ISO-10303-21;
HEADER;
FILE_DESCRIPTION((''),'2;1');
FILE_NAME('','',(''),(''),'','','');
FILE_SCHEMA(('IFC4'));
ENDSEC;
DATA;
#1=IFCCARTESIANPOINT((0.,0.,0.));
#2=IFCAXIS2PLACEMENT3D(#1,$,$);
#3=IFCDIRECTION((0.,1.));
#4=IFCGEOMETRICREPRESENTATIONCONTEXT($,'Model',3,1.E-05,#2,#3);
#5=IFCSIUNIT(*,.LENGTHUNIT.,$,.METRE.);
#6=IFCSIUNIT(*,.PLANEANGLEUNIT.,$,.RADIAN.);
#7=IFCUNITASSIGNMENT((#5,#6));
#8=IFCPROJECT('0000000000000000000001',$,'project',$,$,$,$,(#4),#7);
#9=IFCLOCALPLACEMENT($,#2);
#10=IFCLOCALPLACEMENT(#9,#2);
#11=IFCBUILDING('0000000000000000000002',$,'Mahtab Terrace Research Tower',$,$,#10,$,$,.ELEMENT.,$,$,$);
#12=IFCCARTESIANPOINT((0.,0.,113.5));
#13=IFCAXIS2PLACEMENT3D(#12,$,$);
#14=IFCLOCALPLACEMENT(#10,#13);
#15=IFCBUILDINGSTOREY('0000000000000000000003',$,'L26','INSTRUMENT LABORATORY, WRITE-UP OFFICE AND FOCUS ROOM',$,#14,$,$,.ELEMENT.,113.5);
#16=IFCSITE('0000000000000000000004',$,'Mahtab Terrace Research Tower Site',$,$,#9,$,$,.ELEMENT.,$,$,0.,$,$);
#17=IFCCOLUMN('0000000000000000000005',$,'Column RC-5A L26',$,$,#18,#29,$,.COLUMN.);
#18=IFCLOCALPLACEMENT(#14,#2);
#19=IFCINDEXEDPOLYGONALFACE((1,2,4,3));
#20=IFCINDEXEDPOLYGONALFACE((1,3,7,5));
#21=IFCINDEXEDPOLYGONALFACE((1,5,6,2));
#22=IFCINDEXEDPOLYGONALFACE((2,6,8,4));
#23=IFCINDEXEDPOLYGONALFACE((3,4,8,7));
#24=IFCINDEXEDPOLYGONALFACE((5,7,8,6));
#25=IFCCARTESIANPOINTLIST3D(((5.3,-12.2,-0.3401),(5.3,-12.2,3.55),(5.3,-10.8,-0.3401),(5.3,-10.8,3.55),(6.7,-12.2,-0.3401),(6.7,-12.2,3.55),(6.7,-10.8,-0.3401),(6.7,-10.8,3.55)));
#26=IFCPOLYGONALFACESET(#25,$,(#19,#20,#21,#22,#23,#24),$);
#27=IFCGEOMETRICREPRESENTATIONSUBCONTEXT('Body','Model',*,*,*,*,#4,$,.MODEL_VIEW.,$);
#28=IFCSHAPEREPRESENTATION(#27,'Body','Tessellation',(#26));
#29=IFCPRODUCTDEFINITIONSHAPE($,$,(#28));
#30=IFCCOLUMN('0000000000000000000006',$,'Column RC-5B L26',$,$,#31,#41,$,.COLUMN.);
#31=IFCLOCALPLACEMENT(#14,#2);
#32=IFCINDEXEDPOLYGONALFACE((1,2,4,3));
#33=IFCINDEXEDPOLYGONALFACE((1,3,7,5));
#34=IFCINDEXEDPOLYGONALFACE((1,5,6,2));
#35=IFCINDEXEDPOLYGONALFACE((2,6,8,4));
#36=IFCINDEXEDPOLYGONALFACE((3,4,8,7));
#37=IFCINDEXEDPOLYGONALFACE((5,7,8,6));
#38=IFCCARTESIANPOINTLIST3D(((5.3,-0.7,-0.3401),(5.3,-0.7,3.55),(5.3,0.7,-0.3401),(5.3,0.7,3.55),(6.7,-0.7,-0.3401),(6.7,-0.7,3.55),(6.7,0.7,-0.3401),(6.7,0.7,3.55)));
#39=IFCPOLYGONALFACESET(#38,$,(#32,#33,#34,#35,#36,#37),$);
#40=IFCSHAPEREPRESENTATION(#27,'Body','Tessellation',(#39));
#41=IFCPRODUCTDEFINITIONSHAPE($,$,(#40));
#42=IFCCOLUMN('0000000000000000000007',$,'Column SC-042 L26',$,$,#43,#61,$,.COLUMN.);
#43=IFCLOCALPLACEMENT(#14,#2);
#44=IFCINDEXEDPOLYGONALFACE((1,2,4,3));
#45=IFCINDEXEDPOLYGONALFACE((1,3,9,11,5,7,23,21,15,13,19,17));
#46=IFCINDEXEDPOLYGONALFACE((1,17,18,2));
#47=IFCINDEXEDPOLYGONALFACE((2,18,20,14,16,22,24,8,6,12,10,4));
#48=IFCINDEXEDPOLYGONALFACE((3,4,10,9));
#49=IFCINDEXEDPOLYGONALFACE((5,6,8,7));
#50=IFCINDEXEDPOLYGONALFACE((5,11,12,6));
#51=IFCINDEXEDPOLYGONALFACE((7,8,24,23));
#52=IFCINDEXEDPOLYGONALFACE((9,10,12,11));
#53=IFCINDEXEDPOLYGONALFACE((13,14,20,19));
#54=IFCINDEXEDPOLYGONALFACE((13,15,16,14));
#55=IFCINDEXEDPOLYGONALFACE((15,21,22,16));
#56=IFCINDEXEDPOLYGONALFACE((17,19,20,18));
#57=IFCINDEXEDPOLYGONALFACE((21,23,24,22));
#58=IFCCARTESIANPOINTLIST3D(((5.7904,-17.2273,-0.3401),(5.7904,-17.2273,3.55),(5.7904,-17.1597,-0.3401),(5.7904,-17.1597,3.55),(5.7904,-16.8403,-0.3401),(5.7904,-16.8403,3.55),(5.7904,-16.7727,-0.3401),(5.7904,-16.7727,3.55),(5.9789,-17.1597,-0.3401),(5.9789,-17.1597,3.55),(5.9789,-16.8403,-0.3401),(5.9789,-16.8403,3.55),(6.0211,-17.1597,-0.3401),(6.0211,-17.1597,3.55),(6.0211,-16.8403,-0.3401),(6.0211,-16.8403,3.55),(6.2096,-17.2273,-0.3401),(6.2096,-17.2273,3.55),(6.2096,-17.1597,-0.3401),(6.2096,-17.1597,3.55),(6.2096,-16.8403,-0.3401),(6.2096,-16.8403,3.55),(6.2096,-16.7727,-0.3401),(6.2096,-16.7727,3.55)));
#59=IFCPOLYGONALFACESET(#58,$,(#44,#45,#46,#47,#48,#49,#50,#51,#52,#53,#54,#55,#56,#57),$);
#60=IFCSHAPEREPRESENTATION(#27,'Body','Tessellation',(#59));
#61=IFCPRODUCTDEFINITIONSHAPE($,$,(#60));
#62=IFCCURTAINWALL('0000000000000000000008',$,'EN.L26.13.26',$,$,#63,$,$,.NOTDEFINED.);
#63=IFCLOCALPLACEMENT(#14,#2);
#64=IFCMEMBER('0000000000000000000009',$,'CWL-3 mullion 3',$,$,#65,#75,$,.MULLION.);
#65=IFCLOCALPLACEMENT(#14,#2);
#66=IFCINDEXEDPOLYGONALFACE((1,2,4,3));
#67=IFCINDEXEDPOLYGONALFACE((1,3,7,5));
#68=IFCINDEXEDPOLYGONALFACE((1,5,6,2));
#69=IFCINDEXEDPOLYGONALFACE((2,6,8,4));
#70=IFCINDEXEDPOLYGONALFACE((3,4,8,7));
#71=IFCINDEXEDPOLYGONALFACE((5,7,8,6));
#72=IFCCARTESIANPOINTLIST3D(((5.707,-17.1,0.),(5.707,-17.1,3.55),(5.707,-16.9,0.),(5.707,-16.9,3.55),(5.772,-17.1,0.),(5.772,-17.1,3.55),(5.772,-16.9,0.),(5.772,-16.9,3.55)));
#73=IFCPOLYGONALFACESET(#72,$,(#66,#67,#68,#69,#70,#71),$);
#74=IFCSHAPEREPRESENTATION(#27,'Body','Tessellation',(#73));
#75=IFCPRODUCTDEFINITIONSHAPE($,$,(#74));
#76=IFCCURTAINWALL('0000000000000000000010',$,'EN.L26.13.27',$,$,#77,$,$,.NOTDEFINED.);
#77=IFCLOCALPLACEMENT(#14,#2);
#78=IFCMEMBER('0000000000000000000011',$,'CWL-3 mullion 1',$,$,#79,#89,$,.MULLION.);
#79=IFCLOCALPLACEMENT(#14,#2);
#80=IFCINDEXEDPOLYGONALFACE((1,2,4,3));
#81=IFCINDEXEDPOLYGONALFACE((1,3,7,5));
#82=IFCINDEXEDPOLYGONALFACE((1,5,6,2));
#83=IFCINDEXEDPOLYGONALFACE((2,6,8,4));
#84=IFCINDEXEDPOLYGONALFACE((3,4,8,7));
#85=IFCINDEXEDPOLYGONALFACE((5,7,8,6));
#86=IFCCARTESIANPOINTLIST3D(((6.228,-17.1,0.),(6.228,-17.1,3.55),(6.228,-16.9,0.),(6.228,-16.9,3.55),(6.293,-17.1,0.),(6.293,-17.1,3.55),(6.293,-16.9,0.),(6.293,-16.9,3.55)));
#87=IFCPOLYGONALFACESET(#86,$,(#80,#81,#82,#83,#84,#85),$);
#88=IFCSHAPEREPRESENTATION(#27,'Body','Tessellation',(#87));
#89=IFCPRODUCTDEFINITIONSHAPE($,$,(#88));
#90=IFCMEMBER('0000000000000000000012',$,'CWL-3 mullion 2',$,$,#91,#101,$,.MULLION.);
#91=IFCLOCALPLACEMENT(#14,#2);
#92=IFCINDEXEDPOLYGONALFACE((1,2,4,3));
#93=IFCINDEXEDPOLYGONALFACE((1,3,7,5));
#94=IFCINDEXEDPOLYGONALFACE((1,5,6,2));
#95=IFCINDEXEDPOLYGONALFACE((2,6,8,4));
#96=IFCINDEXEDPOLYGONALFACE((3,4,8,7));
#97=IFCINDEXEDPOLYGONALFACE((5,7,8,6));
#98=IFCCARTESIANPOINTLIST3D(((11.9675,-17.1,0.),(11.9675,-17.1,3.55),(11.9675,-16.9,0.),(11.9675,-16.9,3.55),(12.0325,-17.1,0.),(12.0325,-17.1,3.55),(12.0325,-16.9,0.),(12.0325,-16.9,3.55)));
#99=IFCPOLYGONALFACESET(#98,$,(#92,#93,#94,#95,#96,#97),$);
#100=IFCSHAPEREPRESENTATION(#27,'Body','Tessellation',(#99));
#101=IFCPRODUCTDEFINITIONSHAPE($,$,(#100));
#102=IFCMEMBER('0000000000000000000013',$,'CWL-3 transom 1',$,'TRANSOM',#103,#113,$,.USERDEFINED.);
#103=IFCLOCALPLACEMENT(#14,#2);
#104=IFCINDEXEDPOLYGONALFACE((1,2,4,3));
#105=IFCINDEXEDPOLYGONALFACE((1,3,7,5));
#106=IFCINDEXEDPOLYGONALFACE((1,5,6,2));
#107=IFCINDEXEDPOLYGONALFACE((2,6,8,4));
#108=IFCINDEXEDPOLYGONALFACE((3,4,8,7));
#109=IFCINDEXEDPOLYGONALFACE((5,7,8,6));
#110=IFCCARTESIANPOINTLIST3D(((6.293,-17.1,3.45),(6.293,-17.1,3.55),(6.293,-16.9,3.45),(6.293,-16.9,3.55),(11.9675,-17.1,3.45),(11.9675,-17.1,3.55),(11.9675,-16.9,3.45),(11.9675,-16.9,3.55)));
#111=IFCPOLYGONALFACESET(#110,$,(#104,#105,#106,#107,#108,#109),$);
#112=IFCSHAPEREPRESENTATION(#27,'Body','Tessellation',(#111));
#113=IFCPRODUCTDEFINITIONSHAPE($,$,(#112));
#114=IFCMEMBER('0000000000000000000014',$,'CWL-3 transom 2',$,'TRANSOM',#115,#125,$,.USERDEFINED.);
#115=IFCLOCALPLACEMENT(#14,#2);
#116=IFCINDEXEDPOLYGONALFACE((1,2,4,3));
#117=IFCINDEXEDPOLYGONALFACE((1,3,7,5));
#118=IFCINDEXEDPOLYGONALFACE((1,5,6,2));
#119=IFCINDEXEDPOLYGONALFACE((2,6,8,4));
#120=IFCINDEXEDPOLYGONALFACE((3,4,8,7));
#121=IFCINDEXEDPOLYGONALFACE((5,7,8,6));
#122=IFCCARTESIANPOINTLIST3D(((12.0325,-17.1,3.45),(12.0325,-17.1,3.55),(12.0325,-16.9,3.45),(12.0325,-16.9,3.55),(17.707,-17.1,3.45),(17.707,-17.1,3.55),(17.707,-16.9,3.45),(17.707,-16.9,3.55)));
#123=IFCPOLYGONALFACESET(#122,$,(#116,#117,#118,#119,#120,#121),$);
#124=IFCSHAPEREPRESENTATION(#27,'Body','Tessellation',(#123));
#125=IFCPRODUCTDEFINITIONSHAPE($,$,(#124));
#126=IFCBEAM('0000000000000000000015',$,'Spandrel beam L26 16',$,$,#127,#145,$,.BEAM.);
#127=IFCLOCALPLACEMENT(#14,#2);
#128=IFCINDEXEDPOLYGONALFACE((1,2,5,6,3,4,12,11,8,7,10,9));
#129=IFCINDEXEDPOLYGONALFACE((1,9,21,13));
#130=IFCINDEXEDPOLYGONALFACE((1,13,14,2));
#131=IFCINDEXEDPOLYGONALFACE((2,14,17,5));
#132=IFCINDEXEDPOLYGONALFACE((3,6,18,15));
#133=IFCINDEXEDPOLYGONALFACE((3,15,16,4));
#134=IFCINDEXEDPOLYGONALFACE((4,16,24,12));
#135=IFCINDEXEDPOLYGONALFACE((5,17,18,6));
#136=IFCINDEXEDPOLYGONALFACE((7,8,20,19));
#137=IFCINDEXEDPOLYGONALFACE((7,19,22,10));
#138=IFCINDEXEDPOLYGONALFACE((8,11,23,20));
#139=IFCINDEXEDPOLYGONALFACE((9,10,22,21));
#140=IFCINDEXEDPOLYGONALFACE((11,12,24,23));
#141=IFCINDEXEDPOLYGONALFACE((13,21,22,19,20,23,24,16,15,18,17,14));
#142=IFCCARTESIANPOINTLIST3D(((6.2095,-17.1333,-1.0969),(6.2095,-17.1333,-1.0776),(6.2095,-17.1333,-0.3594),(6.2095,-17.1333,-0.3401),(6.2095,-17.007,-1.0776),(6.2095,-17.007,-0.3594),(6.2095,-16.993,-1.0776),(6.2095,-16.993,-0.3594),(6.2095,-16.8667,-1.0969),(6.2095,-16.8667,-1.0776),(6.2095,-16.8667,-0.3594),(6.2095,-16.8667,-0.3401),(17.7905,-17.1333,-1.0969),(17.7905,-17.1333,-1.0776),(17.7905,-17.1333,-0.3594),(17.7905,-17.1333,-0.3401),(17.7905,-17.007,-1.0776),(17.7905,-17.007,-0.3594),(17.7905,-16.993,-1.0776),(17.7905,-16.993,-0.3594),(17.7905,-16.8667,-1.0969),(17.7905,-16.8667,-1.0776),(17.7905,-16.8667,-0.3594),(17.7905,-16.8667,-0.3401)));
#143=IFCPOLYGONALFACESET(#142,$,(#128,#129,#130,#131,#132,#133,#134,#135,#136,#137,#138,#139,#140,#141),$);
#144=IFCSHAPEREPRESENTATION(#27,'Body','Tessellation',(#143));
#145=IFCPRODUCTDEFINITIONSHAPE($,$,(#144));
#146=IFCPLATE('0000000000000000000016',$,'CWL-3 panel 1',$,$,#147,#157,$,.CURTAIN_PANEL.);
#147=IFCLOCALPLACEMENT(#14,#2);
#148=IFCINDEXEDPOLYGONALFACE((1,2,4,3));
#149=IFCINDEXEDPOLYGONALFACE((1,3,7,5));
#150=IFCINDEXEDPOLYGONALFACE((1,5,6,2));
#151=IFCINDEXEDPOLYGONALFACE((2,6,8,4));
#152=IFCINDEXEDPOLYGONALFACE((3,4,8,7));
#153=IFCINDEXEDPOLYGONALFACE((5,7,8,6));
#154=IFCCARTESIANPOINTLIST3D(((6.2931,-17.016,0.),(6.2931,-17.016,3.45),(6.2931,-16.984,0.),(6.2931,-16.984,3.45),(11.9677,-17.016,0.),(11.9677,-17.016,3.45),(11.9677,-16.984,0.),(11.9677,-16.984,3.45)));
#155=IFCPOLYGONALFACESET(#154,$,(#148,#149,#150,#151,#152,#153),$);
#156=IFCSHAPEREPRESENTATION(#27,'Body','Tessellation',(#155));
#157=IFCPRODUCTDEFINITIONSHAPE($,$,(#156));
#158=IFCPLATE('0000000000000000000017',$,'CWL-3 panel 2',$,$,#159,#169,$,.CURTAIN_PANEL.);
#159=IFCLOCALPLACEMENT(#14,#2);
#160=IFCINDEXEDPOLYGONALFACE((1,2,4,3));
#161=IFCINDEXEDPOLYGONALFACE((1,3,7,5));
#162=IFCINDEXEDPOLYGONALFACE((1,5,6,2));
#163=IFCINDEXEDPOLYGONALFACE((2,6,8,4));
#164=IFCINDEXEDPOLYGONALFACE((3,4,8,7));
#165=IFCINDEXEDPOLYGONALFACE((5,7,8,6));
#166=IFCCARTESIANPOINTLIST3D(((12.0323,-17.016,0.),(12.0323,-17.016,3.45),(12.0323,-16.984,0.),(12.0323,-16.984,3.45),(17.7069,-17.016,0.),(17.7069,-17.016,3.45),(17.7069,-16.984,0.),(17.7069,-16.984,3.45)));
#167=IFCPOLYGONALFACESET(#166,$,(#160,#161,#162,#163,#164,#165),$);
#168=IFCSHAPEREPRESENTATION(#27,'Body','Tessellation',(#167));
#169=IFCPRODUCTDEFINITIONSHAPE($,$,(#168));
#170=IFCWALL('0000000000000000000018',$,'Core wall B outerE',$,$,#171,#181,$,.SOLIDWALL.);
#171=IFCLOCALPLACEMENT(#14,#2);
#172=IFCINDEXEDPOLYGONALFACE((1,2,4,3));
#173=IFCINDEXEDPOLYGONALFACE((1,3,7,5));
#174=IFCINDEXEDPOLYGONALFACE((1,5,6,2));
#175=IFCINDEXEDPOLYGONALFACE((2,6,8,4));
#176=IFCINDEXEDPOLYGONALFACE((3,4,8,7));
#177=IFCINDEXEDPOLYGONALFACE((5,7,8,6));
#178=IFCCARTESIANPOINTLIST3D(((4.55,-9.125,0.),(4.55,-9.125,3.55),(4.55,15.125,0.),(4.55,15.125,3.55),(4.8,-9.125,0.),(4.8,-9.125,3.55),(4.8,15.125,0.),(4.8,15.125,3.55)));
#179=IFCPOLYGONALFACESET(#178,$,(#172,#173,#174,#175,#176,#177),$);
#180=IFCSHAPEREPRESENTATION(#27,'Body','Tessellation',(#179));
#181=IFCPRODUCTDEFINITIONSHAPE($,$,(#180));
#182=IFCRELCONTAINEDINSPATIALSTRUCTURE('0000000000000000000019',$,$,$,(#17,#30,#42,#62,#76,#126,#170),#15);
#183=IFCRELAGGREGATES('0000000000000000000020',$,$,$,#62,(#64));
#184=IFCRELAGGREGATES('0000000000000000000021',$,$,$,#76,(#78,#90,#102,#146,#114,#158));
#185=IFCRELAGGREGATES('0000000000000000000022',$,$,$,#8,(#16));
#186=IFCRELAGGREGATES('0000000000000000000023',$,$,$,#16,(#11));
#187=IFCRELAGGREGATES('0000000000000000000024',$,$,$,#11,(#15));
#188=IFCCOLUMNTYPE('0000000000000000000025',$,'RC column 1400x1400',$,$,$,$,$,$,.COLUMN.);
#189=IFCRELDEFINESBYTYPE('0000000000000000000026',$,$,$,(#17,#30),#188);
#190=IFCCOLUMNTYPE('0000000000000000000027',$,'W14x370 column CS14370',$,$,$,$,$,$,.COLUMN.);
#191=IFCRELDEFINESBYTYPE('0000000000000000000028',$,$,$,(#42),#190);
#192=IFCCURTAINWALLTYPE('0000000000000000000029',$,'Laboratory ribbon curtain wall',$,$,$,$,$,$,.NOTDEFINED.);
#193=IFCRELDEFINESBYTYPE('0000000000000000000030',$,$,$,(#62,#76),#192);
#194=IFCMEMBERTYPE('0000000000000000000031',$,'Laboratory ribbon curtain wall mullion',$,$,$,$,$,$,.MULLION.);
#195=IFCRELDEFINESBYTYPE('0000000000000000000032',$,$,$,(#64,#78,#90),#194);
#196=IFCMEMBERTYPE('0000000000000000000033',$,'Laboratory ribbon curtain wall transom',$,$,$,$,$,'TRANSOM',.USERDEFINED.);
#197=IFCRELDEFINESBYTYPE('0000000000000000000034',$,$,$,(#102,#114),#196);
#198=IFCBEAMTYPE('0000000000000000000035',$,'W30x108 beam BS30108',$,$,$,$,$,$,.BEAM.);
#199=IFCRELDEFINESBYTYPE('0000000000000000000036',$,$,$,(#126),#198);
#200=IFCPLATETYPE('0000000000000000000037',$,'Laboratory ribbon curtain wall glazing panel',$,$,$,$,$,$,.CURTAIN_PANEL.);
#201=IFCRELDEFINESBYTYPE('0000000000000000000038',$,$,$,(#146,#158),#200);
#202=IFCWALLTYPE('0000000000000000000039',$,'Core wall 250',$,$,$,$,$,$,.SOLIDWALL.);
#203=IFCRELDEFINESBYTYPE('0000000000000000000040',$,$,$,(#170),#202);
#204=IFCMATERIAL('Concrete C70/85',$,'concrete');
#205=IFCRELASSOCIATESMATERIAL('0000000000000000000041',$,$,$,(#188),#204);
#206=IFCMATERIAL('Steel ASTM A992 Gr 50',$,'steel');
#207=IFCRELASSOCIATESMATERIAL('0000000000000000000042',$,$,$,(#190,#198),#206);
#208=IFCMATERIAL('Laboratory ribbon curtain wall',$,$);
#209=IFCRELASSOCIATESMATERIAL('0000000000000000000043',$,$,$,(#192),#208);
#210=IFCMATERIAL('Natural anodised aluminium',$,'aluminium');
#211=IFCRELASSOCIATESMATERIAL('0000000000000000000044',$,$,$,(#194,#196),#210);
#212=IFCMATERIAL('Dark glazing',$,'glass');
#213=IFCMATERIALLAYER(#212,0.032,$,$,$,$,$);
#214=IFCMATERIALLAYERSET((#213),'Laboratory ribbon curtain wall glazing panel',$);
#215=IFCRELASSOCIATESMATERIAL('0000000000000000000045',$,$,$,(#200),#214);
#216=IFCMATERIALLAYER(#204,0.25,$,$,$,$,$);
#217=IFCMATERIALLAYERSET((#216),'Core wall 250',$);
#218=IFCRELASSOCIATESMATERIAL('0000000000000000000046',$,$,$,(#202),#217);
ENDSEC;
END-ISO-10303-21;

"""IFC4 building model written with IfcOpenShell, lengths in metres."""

from ifc_helpers import new_model, si_unit, direction, frame, frame_2d, origin, origin_2d, place, context, subcontext, project, spatial, rectangle, i_section, extrude, material, layer, layer_set, material_profile, profile_set, type_object, element, aggregate, save


model = new_model("IFC4")

# Units and contexts
model_context = context("Model", 3, precision=1e-05, world=origin(), true_north=direction((0.0, 1.0)))
body_context = subcontext(model_context, "Body", "Model", "MODEL_VIEW")
ifc_project = project(units=[si_unit("LENGTHUNIT", "METRE"), si_unit("PLANEANGLEUNIT", "RADIAN")], contexts=[model_context])

# Site, building, storey
site_placement = place(None, origin())
site = spatial("IfcSite", under=ifc_project, at=site_placement, Name="Mahtab Terrace Research Tower Site", CompositionType="ELEMENT", RefElevation=0.0)
building_placement = place(site_placement, origin())
building = spatial("IfcBuilding", under=site, at=building_placement, Name="Mahtab Terrace Research Tower", CompositionType="ELEMENT")
storey_placement = place(building_placement, frame((0.0, 0.0, 113.5)))
storey = spatial("IfcBuildingStorey", under=building, at=storey_placement, Name="L26", Description="INSTRUMENT LABORATORY, WRITE-UP OFFICE AND FOCUS ROOM", CompositionType="ELEMENT", Elevation=113.5)

# Columns
ifc_material_1 = material(Name="Concrete C70/85", Category="concrete")
ifc_material_profile_1 = material_profile(ifc_material_1, rectangle(XDim=1.3999, YDim=1.3999, at=origin_2d()), Name="RC column 1400x1400")
ifc_profile_set_1 = profile_set([ifc_material_profile_1], Name="Concrete C70/85")
column_type_1 = type_object("IfcColumnType", Name="RC column 1400x1400", PredefinedType="COLUMN", material=ifc_profile_set_1)
for number, where, z_axis, x_axis, name in (
    (1, (6.0, -11.5, -0.3401), (0.0, 0.0, 1.0), (1.0, 0.0, 0.0), "Column RC-5A L26"),
    (2, (6.0, 0.0, -0.3401), (0.0, 0.0, 1.0), (1.0, 0.0, 0.0), "Column RC-5B L26"),
):
    element("IfcColumn", number, at=place(storey_placement, frame(where, z_axis=z_axis, x_axis=x_axis)), inside=storey, type_object=column_type_1, Name=name, PredefinedType="COLUMN", context=body_context, shape_type="SweptSolid", body=[
        extrude(rectangle(XDim=1.3999, YDim=1.3999, at=origin_2d()), origin(), (0.0, 0.0, 1.0), 3.8901),
    ])
ifc_material_2 = material(Name="Steel ASTM A992 Gr 50", Category="steel")
ifc_material_profile_2 = material_profile(ifc_material_2, i_section(OverallWidth=0.4192, OverallDepth=0.4546, WebThickness=0.0422, FlangeThickness=0.0676, at=origin_2d()), Name="W14X370")
ifc_profile_set_2 = profile_set([ifc_material_profile_2], Name="Steel ASTM A992 Gr 50")
column_type_2 = type_object("IfcColumnType", Name="W14x370 column CS14370", PredefinedType="COLUMN", material=ifc_profile_set_2)
column_placement = place(storey_placement, frame((6.0, -17.0, -0.3401), z_axis=(0.0, 0.0, 1.0), x_axis=(1.0, 0.0, 0.0)))
element("IfcColumn", 3, at=column_placement, inside=storey, type_object=column_type_2, Name="Column SC-042 L26", PredefinedType="COLUMN", context=body_context, shape_type="SweptSolid", body=[
    extrude(i_section(OverallWidth=0.4192, OverallDepth=0.4546, WebThickness=0.0422, FlangeThickness=0.0676, at=origin_2d()), origin(), (0.0, 0.0, 1.0), 3.8901),
])

# Curtain wall, member
ifc_material_3 = material(Name="Laboratory ribbon curtain wall")
curtain_wall_type = type_object("IfcCurtainWallType", Name="Laboratory ribbon curtain wall", PredefinedType="NOTDEFINED", material=ifc_material_3)
curtain_wall_1_placement = place(storey_placement, origin())
curtain_wall_1 = element("IfcCurtainWall", 4, at=curtain_wall_1_placement, inside=storey, type_object=curtain_wall_type, Name="EN.L26.13.26", PredefinedType="NOTDEFINED")
ifc_material_4 = material(Name="Natural anodised aluminium", Category="aluminium")
ifc_material_profile_3 = material_profile(ifc_material_4, rectangle(XDim=0.2, YDim=0.0649, at=origin_2d()), Name="MULLION 65x200")
ifc_profile_set_3 = profile_set([ifc_material_profile_3], Name="Natural anodised aluminium")
member_type_1 = type_object("IfcMemberType", Name="Laboratory ribbon curtain wall mullion", PredefinedType="MULLION", material=ifc_profile_set_3)
member_1_placement = place(storey_placement, frame((5.7395, -17.0, 0.0), z_axis=(0.0, 0.0, 1.0), x_axis=(0.0, 1.0, 0.0)))
member_1 = element("IfcMember", 5, at=member_1_placement, type_object=member_type_1, Name="CWL-3 mullion 3", PredefinedType="MULLION", context=body_context, shape_type="SweptSolid", body=[
    extrude(rectangle(XDim=0.2, YDim=0.0649, at=origin_2d()), origin(), (0.0, 0.0, 1.0), 3.55),
])
aggregate(curtain_wall_1, [member_1])

# Curtain wall, members
curtain_wall_2_placement = place(storey_placement, origin())
curtain_wall_2 = element("IfcCurtainWall", 6, at=curtain_wall_2_placement, inside=storey, type_object=curtain_wall_type, Name="EN.L26.13.27", PredefinedType="NOTDEFINED")
member_2_placement = place(storey_placement, frame((6.2605, -17.0, 0.0), z_axis=(0.0, 0.0, 1.0), x_axis=(0.0, 1.0, 0.0)))
member_2 = element("IfcMember", 7, at=member_2_placement, type_object=member_type_1, Name="CWL-3 mullion 1", PredefinedType="MULLION", context=body_context, shape_type="SweptSolid", body=[
    extrude(rectangle(XDim=0.2, YDim=0.0649, at=origin_2d()), origin(), (0.0, 0.0, 1.0), 3.55),
])
member_3_placement = place(storey_placement, frame((12.0, -17.0, 0.0), z_axis=(0.0, 0.0, 1.0), x_axis=(0.0, 1.0, 0.0)))
member_3 = element("IfcMember", 8, at=member_3_placement, type_object=member_type_1, Name="CWL-3 mullion 2", PredefinedType="MULLION", context=body_context, shape_type="SweptSolid", body=[
    extrude(rectangle(XDim=0.2, YDim=0.0649, at=origin_2d()), origin(), (0.0, 0.0, 1.0), 3.55),
])
ifc_material_profile_4 = material_profile(ifc_material_4, rectangle(XDim=0.2, YDim=0.1001, at=origin_2d()), Name="TRANSOM 100x200")
ifc_profile_set_4 = profile_set([ifc_material_profile_4], Name="Natural anodised aluminium")
member_type_2 = type_object("IfcMemberType", Name="Laboratory ribbon curtain wall transom", ElementType="TRANSOM", PredefinedType="USERDEFINED", material=ifc_profile_set_4)
member_4_placement = place(storey_placement, frame((6.293, -17.0, 3.5), z_axis=(1.0, 0.0, 0.0), x_axis=(0.0, 1.0, 0.0)))
member_4 = element("IfcMember", 9, at=member_4_placement, type_object=member_type_2, Name="CWL-3 transom 1", ObjectType="TRANSOM", PredefinedType="USERDEFINED", context=body_context, shape_type="SweptSolid", body=[
    extrude(rectangle(XDim=0.2, YDim=0.1001, at=origin_2d()), origin(), (0.0, 0.0, 1.0), 5.6746),
])
member_5_placement = place(storey_placement, frame((12.0325, -17.0, 3.5), z_axis=(1.0, 0.0, 0.0), x_axis=(0.0, 1.0, 0.0)))
member_5 = element("IfcMember", 10, at=member_5_placement, type_object=member_type_2, Name="CWL-3 transom 2", ObjectType="TRANSOM", PredefinedType="USERDEFINED", context=body_context, shape_type="SweptSolid", body=[
    extrude(rectangle(XDim=0.2, YDim=0.1001, at=origin_2d()), origin(), (0.0, 0.0, 1.0), 5.6746),
])

# Beam
ifc_material_profile_5 = material_profile(ifc_material_2, i_section(OverallWidth=0.2666, OverallDepth=0.7568, WebThickness=0.0139, FlangeThickness=0.0193, at=origin_2d()), Name="W30X108")
ifc_profile_set_5 = profile_set([ifc_material_profile_5], Name="Steel ASTM A992 Gr 50")
beam_type = type_object("IfcBeamType", Name="W30x108 beam BS30108", PredefinedType="BEAM", material=ifc_profile_set_5)
beam_placement = place(storey_placement, frame((6.2095, -17.0, -0.7185), z_axis=(1.0, 0.0, 0.0), x_axis=(0.0, 1.0, 0.0)))
element("IfcBeam", 11, at=beam_placement, inside=storey, type_object=beam_type, Name="Spandrel beam L26 16", PredefinedType="BEAM", context=body_context, shape_type="SweptSolid", body=[
    extrude(i_section(OverallWidth=0.2666, OverallDepth=0.7568, WebThickness=0.0139, FlangeThickness=0.0193, at=origin_2d()), origin(), (0.0, 0.0, 1.0), 11.5811),
])

# Plates
ifc_material_5 = material(Name="Dark glazing", Category="glass")
ifc_layer_1 = layer(ifc_material_5, 0.032)
ifc_layer_set_1 = layer_set([ifc_layer_1], Name="Laboratory ribbon curtain wall glazing panel")
plate_type = type_object("IfcPlateType", Name="Laboratory ribbon curtain wall glazing panel", PredefinedType="CURTAIN_PANEL", material=ifc_layer_set_1)
plate_1_placement = place(storey_placement, frame((9.1304, -17.0, 0.0), z_axis=(0.0, 0.0, 1.0), x_axis=(1.0, 0.0, 0.0)))
plate_1 = element("IfcPlate", 12, at=plate_1_placement, type_object=plate_type, Name="CWL-3 panel 1", PredefinedType="CURTAIN_PANEL", context=body_context, shape_type="SweptSolid", body=[
    extrude(rectangle(XDim=5.6746, YDim=0.032, at=origin_2d()), origin(), (0.0, 0.0, 1.0), 3.45),
])
plate_2_placement = place(storey_placement, frame((14.8696, -17.0, 0.0), z_axis=(0.0, 0.0, 1.0), x_axis=(1.0, 0.0, 0.0)))
plate_2 = element("IfcPlate", 13, at=plate_2_placement, type_object=plate_type, Name="CWL-3 panel 2", PredefinedType="CURTAIN_PANEL", context=body_context, shape_type="SweptSolid", body=[
    extrude(rectangle(XDim=5.6746, YDim=0.032, at=origin_2d()), origin(), (0.0, 0.0, 1.0), 3.45),
])
aggregate(curtain_wall_2, [member_2, member_3, member_4, plate_1, member_5, plate_2])

# Wall
ifc_layer_2 = layer(ifc_material_1, 0.25)
ifc_layer_set_2 = layer_set([ifc_layer_2], Name="Core wall 250")
wall_type_1 = type_object("IfcWallType", Name="Core wall 250", PredefinedType="SOLIDWALL", material=ifc_layer_set_2)
wall_1_placement = place(storey_placement, frame((4.675, -9.125, 0.0), z_axis=(0.0, 0.0, 1.0), x_axis=(0.0, 1.0, 0.0)))
element("IfcWall", 14, at=wall_1_placement, inside=storey, type_object=wall_type_1, Name="Core wall B outerE", PredefinedType="SOLIDWALL", context=body_context, shape_type="SweptSolid", body=[
    extrude(rectangle(XDim=24.25, YDim=0.25, at=frame_2d((12.125, 0.0))), origin(), (0.0, 0.0, 1.0), 3.55),
])

save(model, "model.ifc")
